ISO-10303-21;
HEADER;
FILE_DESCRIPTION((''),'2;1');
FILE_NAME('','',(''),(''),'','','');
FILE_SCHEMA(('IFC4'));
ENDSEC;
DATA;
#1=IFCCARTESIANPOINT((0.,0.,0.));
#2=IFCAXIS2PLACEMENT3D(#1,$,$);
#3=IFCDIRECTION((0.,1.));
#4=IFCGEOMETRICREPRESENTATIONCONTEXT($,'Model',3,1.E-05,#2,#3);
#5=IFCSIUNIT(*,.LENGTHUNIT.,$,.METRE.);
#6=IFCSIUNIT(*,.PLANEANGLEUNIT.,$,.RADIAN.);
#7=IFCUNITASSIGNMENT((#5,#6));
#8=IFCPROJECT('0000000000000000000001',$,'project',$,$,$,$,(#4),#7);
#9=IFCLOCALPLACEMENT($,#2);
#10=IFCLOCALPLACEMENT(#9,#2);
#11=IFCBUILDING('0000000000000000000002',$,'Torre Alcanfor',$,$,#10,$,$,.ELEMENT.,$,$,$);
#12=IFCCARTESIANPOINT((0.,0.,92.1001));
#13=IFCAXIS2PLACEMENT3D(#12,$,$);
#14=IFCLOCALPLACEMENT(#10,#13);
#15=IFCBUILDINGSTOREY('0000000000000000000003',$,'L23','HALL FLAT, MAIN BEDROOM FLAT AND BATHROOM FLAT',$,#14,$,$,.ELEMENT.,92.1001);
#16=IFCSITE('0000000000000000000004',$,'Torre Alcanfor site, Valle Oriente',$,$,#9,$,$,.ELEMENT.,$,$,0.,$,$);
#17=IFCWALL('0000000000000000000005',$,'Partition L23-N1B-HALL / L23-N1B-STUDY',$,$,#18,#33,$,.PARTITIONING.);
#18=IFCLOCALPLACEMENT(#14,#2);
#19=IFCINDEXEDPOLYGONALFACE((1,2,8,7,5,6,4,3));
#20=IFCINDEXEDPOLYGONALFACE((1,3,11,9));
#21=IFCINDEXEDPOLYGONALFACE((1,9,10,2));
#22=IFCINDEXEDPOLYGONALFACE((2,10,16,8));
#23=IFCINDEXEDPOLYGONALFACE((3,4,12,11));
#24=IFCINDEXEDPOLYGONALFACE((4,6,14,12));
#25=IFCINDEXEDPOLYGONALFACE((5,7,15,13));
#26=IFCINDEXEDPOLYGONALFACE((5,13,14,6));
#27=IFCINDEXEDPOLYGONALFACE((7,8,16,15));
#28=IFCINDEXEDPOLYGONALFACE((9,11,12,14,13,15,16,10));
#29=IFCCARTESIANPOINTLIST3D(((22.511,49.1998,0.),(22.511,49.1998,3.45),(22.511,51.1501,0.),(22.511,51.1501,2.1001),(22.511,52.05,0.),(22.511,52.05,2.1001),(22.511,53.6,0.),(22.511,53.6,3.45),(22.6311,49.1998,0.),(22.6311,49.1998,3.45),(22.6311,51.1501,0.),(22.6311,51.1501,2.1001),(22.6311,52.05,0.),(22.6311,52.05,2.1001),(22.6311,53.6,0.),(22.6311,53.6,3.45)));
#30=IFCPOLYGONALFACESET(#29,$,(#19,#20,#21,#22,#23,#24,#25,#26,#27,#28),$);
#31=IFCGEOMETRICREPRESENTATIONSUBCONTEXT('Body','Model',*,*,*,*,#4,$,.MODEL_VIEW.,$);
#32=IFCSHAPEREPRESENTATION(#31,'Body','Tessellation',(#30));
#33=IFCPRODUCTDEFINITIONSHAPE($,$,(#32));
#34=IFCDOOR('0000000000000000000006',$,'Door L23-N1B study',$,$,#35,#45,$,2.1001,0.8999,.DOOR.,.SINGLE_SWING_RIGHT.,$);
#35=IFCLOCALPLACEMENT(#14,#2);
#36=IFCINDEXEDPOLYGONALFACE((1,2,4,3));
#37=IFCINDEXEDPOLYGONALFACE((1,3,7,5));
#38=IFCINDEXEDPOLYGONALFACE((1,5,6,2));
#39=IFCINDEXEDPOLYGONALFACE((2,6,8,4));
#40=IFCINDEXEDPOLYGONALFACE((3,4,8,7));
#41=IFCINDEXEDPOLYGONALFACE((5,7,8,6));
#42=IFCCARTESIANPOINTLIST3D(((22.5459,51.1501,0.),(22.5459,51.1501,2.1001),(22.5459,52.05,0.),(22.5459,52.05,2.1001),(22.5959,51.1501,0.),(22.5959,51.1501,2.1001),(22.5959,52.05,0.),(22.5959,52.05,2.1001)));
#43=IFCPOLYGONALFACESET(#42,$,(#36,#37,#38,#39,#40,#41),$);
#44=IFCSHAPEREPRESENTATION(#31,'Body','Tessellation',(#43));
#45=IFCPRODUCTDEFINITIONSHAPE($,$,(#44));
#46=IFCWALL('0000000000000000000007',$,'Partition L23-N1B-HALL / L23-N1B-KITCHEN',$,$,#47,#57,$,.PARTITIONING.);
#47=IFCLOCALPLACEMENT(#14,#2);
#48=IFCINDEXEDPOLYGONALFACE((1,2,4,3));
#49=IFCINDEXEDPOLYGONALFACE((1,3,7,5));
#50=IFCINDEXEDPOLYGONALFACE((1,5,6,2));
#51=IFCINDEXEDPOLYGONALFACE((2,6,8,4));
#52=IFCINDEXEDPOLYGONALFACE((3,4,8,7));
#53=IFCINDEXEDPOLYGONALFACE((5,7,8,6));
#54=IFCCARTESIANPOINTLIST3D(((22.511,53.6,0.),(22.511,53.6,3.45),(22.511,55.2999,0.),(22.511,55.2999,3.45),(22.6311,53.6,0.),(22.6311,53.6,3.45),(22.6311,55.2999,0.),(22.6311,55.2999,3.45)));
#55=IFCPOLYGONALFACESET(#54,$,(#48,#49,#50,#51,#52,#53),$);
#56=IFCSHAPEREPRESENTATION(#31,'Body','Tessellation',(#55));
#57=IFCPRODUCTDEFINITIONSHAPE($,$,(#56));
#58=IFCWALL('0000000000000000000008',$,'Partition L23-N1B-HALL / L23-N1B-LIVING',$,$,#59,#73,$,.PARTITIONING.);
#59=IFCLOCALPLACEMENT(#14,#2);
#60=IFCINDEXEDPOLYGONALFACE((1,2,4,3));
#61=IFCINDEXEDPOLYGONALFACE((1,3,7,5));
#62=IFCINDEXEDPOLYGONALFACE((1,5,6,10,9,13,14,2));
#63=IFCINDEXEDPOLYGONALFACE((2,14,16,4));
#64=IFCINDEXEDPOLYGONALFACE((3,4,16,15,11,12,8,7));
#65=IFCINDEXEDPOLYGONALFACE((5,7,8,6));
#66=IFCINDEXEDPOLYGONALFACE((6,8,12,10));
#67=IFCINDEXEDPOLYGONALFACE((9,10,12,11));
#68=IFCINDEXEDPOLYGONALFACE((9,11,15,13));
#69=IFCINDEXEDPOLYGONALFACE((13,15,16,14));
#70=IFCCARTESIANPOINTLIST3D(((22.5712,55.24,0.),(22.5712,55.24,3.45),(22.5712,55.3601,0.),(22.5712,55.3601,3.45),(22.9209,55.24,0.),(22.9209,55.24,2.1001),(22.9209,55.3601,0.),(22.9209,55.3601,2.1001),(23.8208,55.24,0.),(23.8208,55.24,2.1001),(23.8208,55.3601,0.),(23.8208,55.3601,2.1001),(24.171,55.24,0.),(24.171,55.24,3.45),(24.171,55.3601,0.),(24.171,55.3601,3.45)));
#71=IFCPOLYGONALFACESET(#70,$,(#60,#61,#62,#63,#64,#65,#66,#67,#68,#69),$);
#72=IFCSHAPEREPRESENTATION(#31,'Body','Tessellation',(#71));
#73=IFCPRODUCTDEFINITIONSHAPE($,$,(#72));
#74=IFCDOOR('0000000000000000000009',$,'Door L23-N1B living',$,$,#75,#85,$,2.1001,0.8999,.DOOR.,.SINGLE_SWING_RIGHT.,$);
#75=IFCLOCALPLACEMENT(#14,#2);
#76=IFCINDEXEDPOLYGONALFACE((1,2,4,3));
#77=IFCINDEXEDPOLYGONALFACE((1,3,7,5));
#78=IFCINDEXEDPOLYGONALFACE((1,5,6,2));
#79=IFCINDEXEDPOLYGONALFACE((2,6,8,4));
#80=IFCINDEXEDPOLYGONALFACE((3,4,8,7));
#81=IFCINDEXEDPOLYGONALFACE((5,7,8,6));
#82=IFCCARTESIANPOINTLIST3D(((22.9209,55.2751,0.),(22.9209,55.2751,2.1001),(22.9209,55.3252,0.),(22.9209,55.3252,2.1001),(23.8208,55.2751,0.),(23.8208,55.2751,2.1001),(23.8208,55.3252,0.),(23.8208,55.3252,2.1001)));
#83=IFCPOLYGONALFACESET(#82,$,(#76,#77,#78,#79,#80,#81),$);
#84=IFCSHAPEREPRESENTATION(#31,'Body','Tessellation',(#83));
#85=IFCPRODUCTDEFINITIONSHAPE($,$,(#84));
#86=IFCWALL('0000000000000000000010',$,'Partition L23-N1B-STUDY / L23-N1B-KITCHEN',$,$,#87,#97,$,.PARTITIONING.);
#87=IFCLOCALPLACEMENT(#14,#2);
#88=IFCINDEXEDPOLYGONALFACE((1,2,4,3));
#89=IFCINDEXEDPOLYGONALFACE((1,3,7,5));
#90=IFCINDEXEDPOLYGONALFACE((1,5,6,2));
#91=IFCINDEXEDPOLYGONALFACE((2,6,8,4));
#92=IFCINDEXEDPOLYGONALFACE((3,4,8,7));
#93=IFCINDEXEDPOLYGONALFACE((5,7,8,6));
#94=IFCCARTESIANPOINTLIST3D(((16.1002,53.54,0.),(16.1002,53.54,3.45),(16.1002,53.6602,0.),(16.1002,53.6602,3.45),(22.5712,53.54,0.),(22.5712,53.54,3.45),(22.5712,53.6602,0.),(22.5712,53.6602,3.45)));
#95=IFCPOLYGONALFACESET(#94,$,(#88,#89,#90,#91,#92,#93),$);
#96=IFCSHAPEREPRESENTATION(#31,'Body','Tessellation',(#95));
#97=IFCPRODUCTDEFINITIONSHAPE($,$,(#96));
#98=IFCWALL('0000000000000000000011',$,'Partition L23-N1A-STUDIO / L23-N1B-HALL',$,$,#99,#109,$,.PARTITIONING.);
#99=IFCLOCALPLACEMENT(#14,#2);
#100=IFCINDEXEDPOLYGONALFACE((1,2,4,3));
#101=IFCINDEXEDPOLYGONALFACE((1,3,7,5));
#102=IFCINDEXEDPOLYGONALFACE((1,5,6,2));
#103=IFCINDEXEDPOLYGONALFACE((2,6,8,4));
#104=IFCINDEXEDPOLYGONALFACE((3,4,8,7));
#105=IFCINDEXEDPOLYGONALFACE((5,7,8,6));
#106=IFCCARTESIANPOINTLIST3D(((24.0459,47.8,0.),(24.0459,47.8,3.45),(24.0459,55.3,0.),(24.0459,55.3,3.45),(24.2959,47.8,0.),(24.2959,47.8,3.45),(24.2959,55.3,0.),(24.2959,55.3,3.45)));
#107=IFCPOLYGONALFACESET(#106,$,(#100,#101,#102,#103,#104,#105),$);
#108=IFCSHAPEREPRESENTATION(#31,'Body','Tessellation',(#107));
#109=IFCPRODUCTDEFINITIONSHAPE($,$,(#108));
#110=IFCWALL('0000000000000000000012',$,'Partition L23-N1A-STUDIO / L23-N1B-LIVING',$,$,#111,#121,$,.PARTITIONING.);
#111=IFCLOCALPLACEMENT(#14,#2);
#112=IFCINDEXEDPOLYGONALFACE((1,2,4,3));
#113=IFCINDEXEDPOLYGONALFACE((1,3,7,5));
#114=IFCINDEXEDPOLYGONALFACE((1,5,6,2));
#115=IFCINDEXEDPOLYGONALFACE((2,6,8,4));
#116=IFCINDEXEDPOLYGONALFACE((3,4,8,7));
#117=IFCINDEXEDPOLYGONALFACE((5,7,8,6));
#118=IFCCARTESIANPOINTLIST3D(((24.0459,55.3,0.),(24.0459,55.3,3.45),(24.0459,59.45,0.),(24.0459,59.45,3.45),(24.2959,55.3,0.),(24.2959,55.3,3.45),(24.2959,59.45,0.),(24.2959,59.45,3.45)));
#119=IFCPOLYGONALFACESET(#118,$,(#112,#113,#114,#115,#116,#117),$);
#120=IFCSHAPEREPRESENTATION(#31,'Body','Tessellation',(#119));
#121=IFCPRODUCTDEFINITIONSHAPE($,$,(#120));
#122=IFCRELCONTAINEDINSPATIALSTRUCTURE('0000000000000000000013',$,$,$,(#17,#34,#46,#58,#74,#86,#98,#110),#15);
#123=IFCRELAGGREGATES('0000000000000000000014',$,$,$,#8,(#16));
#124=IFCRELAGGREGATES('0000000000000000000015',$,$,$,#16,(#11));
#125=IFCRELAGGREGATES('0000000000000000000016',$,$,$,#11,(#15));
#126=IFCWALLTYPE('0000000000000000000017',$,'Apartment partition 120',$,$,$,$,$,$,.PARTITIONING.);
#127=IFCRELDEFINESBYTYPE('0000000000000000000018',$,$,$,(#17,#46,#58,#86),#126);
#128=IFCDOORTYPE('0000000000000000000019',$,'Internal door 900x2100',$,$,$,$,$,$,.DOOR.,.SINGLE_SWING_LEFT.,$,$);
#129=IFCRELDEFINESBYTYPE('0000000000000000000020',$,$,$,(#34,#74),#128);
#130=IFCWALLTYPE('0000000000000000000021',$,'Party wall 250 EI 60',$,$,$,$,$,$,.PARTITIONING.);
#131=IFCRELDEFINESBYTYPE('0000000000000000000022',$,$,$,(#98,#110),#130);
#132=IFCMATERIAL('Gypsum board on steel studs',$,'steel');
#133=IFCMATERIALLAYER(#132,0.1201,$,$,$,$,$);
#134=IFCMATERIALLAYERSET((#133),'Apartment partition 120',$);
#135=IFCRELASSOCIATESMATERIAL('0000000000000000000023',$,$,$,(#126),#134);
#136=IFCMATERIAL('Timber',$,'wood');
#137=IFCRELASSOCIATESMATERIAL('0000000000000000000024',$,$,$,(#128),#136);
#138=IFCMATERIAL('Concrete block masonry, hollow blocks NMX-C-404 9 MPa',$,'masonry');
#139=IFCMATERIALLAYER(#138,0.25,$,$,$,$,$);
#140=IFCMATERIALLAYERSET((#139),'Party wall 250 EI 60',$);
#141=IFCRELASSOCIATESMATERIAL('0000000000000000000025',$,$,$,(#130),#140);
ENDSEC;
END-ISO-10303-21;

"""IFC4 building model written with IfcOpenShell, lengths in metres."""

from ifc_helpers import new_model, si_unit, direction, frame, frame_2d, origin, place, context, subcontext, project, spatial, rectangle, extrude, material, layer, layer_set, type_object, element, fill, save


model = new_model("IFC4")

# Units and contexts
model_context = context("Model", 3, precision=1e-05, world=origin(), true_north=direction((0.0, 1.0)))
body_context = subcontext(model_context, "Body", "Model", "MODEL_VIEW")
ifc_project = project(units=[si_unit("LENGTHUNIT", "METRE"), si_unit("PLANEANGLEUNIT", "RADIAN")], contexts=[model_context])

# Site, building, storey
site_placement = place(None, origin())
site = spatial("IfcSite", under=ifc_project, at=site_placement, Name="Torre Alcanfor site, Valle Oriente", CompositionType="ELEMENT", RefElevation=0.0)
building_placement = place(site_placement, origin())
building = spatial("IfcBuilding", under=site, at=building_placement, Name="Torre Alcanfor", CompositionType="ELEMENT")
storey_placement = place(building_placement, frame((0.0, 0.0, 92.1001)))
storey = spatial("IfcBuildingStorey", under=building, at=storey_placement, Name="L23", Description="HALL FLAT, MAIN BEDROOM FLAT AND BATHROOM FLAT", CompositionType="ELEMENT", Elevation=92.1001)

# Wall, opening, door
ifc_material_1 = material(Name="Gypsum board on steel studs", Category="steel")
ifc_layer_1 = layer(ifc_material_1, 0.1201)
ifc_layer_set_1 = layer_set([ifc_layer_1], Name="Apartment partition 120")
wall_type_1 = type_object("IfcWallType", Name="Apartment partition 120", PredefinedType="PARTITIONING", material=ifc_layer_set_1)
wall_1_placement = place(storey_placement, frame((22.571, 53.6001, 0.0), z_axis=(0.0, 0.0, 1.0), x_axis=(0.0, -1.0, 0.0)))
wall_1 = element("IfcWall", 1, at=wall_1_placement, inside=storey, type_object=wall_type_1, Name="Partition L23-N1B-HALL / L23-N1B-STUDY", PredefinedType="PARTITIONING", context=body_context, shape_type="SweptSolid", body=[
    extrude(rectangle(XDim=4.4001, YDim=0.1201, at=frame_2d((2.2002, 0.0))), origin(), (0.0, 0.0, 1.0), 3.45),
])
opening_1_placement = place(wall_1_placement, frame((1.55, 0.0, 0.0)))
opening_1 = element("IfcOpeningElement", 2, at=opening_1_placement, cuts=wall_1, PredefinedType="OPENING", context=body_context, shape_type="SweptSolid", body=[
    extrude(rectangle(XDim=0.8999, YDim=2.1001, at=frame_2d((0.45, 1.05))), frame((0.0, 0.0701, 0.0), z_axis=(0.0, -1.0, 0.0), x_axis=(1.0, 0.0, 0.0)), (0.0, 0.0, 1.0), 0.1401),
])
ifc_material_2 = material(Name="Timber", Category="wood")
door_type = type_object("IfcDoorType", Name="Internal door 900x2100", OperationType="SINGLE_SWING_LEFT", PredefinedType="DOOR", material=ifc_material_2)
door_1_placement = place(opening_1_placement, frame((0.8999, 0.0, 0.0), z_axis=(0.0, 0.0, 1.0), x_axis=(-1.0, 0.0, 0.0)))
door_1 = element("IfcDoor", 3, at=door_1_placement, inside=storey, type_object=door_type, Name="Door L23-N1B study", OperationType="SINGLE_SWING_RIGHT", OverallHeight=2.1001, OverallWidth=0.8999, PredefinedType="DOOR", context=body_context, shape_type="SweptSolid", body=[
    extrude(rectangle(XDim=0.8999, YDim=2.1001, at=frame_2d((0.45, 1.05))), frame((0.0, 0.0251, 0.0), z_axis=(0.0, -1.0, 0.0), x_axis=(1.0, 0.0, 0.0)), (0.0, 0.0, 1.0), 0.05),
])
fill(opening_1, door_1)

# Wall
wall_2_placement = place(storey_placement, frame((22.571, 55.3, 0.0), z_axis=(0.0, 0.0, 1.0), x_axis=(0.0, -1.0, 0.0)))
element("IfcWall", 4, at=wall_2_placement, inside=storey, type_object=wall_type_1, Name="Partition L23-N1B-HALL / L23-N1B-KITCHEN", PredefinedType="PARTITIONING", context=body_context, shape_type="SweptSolid", body=[
    extrude(rectangle(XDim=1.7, YDim=0.1201, at=frame_2d((0.8501, 0.0))), origin(), (0.0, 0.0, 1.0), 3.45),
])

# Wall, opening, door
wall_3_placement = place(storey_placement, frame((24.1709, 55.3, 0.0), z_axis=(0.0, 0.0, 1.0), x_axis=(-1.0, 0.0, 0.0)))
wall_3 = element("IfcWall", 5, at=wall_3_placement, inside=storey, type_object=wall_type_1, Name="Partition L23-N1B-HALL / L23-N1B-LIVING", PredefinedType="PARTITIONING", context=body_context, shape_type="SweptSolid", body=[
    extrude(rectangle(XDim=1.5999, YDim=0.1201, at=frame_2d((0.7998, 0.0))), origin(), (0.0, 0.0, 1.0), 3.45),
])
opening_2_placement = place(wall_3_placement, frame((0.3501, 0.0, 0.0)))
opening_2 = element("IfcOpeningElement", 6, at=opening_2_placement, cuts=wall_3, PredefinedType="OPENING", context=body_context, shape_type="SweptSolid", body=[
    extrude(rectangle(XDim=0.8999, YDim=2.1001, at=frame_2d((0.45, 1.05))), frame((0.0, 0.0701, 0.0), z_axis=(0.0, -1.0, 0.0), x_axis=(1.0, 0.0, 0.0)), (0.0, 0.0, 1.0), 0.1401),
])
door_2_placement = place(opening_2_placement, frame((0.8999, 0.0, 0.0), z_axis=(0.0, 0.0, 1.0), x_axis=(-1.0, 0.0, 0.0)))
door_2 = element("IfcDoor", 7, at=door_2_placement, inside=storey, type_object=door_type, Name="Door L23-N1B living", OperationType="SINGLE_SWING_RIGHT", OverallHeight=2.1001, OverallWidth=0.8999, PredefinedType="DOOR", context=body_context, shape_type="SweptSolid", body=[
    extrude(rectangle(XDim=0.8999, YDim=2.1001, at=frame_2d((0.45, 1.05))), frame((0.0, 0.0251, 0.0), z_axis=(0.0, -1.0, 0.0), x_axis=(1.0, 0.0, 0.0)), (0.0, 0.0, 1.0), 0.05),
])
fill(opening_2, door_2)

# Walls
wall_4_placement = place(storey_placement, frame((22.571, 53.6001, 0.0), z_axis=(0.0, 0.0, 1.0), x_axis=(-1.0, 0.0, 0.0)))
element("IfcWall", 8, at=wall_4_placement, inside=storey, type_object=wall_type_1, Name="Partition L23-N1B-STUDY / L23-N1B-KITCHEN", PredefinedType="PARTITIONING", context=body_context, shape_type="SweptSolid", body=[
    extrude(rectangle(XDim=6.4709, YDim=0.1201, at=frame_2d((3.2354, 0.0))), origin(), (0.0, 0.0, 1.0), 3.45),
])
ifc_material_3 = material(Name="Concrete block masonry, hollow blocks NMX-C-404 9 MPa", Category="masonry")
ifc_layer_2 = layer(ifc_material_3, 0.25)
ifc_layer_set_2 = layer_set([ifc_layer_2], Name="Party wall 250 EI 60")
wall_type_2 = type_object("IfcWallType", Name="Party wall 250 EI 60", PredefinedType="PARTITIONING", material=ifc_layer_set_2)
wall_5_placement = place(storey_placement, frame((24.1709, 55.3, 0.0), z_axis=(0.0, 0.0, 1.0), x_axis=(0.0, -1.0, 0.0)))
element("IfcWall", 9, at=wall_5_placement, inside=storey, type_object=wall_type_2, Name="Partition L23-N1A-STUDIO / L23-N1B-HALL", PredefinedType="PARTITIONING", context=body_context, shape_type="SweptSolid", body=[
    extrude(rectangle(XDim=7.5, YDim=0.25, at=frame_2d((3.75, 0.0))), origin(), (0.0, 0.0, 1.0), 3.45),
])
wall_6_placement = place(storey_placement, frame((24.1709, 59.45, 0.0), z_axis=(0.0, 0.0, 1.0), x_axis=(0.0, -1.0, 0.0)))
element("IfcWall", 10, at=wall_6_placement, inside=storey, type_object=wall_type_2, Name="Partition L23-N1A-STUDIO / L23-N1B-LIVING", PredefinedType="PARTITIONING", context=body_context, shape_type="SweptSolid", body=[
    extrude(rectangle(XDim=4.1499, YDim=0.25, at=frame_2d((2.075, 0.0))), origin(), (0.0, 0.0, 1.0), 3.45),
])

save(model, "model.ifc")
